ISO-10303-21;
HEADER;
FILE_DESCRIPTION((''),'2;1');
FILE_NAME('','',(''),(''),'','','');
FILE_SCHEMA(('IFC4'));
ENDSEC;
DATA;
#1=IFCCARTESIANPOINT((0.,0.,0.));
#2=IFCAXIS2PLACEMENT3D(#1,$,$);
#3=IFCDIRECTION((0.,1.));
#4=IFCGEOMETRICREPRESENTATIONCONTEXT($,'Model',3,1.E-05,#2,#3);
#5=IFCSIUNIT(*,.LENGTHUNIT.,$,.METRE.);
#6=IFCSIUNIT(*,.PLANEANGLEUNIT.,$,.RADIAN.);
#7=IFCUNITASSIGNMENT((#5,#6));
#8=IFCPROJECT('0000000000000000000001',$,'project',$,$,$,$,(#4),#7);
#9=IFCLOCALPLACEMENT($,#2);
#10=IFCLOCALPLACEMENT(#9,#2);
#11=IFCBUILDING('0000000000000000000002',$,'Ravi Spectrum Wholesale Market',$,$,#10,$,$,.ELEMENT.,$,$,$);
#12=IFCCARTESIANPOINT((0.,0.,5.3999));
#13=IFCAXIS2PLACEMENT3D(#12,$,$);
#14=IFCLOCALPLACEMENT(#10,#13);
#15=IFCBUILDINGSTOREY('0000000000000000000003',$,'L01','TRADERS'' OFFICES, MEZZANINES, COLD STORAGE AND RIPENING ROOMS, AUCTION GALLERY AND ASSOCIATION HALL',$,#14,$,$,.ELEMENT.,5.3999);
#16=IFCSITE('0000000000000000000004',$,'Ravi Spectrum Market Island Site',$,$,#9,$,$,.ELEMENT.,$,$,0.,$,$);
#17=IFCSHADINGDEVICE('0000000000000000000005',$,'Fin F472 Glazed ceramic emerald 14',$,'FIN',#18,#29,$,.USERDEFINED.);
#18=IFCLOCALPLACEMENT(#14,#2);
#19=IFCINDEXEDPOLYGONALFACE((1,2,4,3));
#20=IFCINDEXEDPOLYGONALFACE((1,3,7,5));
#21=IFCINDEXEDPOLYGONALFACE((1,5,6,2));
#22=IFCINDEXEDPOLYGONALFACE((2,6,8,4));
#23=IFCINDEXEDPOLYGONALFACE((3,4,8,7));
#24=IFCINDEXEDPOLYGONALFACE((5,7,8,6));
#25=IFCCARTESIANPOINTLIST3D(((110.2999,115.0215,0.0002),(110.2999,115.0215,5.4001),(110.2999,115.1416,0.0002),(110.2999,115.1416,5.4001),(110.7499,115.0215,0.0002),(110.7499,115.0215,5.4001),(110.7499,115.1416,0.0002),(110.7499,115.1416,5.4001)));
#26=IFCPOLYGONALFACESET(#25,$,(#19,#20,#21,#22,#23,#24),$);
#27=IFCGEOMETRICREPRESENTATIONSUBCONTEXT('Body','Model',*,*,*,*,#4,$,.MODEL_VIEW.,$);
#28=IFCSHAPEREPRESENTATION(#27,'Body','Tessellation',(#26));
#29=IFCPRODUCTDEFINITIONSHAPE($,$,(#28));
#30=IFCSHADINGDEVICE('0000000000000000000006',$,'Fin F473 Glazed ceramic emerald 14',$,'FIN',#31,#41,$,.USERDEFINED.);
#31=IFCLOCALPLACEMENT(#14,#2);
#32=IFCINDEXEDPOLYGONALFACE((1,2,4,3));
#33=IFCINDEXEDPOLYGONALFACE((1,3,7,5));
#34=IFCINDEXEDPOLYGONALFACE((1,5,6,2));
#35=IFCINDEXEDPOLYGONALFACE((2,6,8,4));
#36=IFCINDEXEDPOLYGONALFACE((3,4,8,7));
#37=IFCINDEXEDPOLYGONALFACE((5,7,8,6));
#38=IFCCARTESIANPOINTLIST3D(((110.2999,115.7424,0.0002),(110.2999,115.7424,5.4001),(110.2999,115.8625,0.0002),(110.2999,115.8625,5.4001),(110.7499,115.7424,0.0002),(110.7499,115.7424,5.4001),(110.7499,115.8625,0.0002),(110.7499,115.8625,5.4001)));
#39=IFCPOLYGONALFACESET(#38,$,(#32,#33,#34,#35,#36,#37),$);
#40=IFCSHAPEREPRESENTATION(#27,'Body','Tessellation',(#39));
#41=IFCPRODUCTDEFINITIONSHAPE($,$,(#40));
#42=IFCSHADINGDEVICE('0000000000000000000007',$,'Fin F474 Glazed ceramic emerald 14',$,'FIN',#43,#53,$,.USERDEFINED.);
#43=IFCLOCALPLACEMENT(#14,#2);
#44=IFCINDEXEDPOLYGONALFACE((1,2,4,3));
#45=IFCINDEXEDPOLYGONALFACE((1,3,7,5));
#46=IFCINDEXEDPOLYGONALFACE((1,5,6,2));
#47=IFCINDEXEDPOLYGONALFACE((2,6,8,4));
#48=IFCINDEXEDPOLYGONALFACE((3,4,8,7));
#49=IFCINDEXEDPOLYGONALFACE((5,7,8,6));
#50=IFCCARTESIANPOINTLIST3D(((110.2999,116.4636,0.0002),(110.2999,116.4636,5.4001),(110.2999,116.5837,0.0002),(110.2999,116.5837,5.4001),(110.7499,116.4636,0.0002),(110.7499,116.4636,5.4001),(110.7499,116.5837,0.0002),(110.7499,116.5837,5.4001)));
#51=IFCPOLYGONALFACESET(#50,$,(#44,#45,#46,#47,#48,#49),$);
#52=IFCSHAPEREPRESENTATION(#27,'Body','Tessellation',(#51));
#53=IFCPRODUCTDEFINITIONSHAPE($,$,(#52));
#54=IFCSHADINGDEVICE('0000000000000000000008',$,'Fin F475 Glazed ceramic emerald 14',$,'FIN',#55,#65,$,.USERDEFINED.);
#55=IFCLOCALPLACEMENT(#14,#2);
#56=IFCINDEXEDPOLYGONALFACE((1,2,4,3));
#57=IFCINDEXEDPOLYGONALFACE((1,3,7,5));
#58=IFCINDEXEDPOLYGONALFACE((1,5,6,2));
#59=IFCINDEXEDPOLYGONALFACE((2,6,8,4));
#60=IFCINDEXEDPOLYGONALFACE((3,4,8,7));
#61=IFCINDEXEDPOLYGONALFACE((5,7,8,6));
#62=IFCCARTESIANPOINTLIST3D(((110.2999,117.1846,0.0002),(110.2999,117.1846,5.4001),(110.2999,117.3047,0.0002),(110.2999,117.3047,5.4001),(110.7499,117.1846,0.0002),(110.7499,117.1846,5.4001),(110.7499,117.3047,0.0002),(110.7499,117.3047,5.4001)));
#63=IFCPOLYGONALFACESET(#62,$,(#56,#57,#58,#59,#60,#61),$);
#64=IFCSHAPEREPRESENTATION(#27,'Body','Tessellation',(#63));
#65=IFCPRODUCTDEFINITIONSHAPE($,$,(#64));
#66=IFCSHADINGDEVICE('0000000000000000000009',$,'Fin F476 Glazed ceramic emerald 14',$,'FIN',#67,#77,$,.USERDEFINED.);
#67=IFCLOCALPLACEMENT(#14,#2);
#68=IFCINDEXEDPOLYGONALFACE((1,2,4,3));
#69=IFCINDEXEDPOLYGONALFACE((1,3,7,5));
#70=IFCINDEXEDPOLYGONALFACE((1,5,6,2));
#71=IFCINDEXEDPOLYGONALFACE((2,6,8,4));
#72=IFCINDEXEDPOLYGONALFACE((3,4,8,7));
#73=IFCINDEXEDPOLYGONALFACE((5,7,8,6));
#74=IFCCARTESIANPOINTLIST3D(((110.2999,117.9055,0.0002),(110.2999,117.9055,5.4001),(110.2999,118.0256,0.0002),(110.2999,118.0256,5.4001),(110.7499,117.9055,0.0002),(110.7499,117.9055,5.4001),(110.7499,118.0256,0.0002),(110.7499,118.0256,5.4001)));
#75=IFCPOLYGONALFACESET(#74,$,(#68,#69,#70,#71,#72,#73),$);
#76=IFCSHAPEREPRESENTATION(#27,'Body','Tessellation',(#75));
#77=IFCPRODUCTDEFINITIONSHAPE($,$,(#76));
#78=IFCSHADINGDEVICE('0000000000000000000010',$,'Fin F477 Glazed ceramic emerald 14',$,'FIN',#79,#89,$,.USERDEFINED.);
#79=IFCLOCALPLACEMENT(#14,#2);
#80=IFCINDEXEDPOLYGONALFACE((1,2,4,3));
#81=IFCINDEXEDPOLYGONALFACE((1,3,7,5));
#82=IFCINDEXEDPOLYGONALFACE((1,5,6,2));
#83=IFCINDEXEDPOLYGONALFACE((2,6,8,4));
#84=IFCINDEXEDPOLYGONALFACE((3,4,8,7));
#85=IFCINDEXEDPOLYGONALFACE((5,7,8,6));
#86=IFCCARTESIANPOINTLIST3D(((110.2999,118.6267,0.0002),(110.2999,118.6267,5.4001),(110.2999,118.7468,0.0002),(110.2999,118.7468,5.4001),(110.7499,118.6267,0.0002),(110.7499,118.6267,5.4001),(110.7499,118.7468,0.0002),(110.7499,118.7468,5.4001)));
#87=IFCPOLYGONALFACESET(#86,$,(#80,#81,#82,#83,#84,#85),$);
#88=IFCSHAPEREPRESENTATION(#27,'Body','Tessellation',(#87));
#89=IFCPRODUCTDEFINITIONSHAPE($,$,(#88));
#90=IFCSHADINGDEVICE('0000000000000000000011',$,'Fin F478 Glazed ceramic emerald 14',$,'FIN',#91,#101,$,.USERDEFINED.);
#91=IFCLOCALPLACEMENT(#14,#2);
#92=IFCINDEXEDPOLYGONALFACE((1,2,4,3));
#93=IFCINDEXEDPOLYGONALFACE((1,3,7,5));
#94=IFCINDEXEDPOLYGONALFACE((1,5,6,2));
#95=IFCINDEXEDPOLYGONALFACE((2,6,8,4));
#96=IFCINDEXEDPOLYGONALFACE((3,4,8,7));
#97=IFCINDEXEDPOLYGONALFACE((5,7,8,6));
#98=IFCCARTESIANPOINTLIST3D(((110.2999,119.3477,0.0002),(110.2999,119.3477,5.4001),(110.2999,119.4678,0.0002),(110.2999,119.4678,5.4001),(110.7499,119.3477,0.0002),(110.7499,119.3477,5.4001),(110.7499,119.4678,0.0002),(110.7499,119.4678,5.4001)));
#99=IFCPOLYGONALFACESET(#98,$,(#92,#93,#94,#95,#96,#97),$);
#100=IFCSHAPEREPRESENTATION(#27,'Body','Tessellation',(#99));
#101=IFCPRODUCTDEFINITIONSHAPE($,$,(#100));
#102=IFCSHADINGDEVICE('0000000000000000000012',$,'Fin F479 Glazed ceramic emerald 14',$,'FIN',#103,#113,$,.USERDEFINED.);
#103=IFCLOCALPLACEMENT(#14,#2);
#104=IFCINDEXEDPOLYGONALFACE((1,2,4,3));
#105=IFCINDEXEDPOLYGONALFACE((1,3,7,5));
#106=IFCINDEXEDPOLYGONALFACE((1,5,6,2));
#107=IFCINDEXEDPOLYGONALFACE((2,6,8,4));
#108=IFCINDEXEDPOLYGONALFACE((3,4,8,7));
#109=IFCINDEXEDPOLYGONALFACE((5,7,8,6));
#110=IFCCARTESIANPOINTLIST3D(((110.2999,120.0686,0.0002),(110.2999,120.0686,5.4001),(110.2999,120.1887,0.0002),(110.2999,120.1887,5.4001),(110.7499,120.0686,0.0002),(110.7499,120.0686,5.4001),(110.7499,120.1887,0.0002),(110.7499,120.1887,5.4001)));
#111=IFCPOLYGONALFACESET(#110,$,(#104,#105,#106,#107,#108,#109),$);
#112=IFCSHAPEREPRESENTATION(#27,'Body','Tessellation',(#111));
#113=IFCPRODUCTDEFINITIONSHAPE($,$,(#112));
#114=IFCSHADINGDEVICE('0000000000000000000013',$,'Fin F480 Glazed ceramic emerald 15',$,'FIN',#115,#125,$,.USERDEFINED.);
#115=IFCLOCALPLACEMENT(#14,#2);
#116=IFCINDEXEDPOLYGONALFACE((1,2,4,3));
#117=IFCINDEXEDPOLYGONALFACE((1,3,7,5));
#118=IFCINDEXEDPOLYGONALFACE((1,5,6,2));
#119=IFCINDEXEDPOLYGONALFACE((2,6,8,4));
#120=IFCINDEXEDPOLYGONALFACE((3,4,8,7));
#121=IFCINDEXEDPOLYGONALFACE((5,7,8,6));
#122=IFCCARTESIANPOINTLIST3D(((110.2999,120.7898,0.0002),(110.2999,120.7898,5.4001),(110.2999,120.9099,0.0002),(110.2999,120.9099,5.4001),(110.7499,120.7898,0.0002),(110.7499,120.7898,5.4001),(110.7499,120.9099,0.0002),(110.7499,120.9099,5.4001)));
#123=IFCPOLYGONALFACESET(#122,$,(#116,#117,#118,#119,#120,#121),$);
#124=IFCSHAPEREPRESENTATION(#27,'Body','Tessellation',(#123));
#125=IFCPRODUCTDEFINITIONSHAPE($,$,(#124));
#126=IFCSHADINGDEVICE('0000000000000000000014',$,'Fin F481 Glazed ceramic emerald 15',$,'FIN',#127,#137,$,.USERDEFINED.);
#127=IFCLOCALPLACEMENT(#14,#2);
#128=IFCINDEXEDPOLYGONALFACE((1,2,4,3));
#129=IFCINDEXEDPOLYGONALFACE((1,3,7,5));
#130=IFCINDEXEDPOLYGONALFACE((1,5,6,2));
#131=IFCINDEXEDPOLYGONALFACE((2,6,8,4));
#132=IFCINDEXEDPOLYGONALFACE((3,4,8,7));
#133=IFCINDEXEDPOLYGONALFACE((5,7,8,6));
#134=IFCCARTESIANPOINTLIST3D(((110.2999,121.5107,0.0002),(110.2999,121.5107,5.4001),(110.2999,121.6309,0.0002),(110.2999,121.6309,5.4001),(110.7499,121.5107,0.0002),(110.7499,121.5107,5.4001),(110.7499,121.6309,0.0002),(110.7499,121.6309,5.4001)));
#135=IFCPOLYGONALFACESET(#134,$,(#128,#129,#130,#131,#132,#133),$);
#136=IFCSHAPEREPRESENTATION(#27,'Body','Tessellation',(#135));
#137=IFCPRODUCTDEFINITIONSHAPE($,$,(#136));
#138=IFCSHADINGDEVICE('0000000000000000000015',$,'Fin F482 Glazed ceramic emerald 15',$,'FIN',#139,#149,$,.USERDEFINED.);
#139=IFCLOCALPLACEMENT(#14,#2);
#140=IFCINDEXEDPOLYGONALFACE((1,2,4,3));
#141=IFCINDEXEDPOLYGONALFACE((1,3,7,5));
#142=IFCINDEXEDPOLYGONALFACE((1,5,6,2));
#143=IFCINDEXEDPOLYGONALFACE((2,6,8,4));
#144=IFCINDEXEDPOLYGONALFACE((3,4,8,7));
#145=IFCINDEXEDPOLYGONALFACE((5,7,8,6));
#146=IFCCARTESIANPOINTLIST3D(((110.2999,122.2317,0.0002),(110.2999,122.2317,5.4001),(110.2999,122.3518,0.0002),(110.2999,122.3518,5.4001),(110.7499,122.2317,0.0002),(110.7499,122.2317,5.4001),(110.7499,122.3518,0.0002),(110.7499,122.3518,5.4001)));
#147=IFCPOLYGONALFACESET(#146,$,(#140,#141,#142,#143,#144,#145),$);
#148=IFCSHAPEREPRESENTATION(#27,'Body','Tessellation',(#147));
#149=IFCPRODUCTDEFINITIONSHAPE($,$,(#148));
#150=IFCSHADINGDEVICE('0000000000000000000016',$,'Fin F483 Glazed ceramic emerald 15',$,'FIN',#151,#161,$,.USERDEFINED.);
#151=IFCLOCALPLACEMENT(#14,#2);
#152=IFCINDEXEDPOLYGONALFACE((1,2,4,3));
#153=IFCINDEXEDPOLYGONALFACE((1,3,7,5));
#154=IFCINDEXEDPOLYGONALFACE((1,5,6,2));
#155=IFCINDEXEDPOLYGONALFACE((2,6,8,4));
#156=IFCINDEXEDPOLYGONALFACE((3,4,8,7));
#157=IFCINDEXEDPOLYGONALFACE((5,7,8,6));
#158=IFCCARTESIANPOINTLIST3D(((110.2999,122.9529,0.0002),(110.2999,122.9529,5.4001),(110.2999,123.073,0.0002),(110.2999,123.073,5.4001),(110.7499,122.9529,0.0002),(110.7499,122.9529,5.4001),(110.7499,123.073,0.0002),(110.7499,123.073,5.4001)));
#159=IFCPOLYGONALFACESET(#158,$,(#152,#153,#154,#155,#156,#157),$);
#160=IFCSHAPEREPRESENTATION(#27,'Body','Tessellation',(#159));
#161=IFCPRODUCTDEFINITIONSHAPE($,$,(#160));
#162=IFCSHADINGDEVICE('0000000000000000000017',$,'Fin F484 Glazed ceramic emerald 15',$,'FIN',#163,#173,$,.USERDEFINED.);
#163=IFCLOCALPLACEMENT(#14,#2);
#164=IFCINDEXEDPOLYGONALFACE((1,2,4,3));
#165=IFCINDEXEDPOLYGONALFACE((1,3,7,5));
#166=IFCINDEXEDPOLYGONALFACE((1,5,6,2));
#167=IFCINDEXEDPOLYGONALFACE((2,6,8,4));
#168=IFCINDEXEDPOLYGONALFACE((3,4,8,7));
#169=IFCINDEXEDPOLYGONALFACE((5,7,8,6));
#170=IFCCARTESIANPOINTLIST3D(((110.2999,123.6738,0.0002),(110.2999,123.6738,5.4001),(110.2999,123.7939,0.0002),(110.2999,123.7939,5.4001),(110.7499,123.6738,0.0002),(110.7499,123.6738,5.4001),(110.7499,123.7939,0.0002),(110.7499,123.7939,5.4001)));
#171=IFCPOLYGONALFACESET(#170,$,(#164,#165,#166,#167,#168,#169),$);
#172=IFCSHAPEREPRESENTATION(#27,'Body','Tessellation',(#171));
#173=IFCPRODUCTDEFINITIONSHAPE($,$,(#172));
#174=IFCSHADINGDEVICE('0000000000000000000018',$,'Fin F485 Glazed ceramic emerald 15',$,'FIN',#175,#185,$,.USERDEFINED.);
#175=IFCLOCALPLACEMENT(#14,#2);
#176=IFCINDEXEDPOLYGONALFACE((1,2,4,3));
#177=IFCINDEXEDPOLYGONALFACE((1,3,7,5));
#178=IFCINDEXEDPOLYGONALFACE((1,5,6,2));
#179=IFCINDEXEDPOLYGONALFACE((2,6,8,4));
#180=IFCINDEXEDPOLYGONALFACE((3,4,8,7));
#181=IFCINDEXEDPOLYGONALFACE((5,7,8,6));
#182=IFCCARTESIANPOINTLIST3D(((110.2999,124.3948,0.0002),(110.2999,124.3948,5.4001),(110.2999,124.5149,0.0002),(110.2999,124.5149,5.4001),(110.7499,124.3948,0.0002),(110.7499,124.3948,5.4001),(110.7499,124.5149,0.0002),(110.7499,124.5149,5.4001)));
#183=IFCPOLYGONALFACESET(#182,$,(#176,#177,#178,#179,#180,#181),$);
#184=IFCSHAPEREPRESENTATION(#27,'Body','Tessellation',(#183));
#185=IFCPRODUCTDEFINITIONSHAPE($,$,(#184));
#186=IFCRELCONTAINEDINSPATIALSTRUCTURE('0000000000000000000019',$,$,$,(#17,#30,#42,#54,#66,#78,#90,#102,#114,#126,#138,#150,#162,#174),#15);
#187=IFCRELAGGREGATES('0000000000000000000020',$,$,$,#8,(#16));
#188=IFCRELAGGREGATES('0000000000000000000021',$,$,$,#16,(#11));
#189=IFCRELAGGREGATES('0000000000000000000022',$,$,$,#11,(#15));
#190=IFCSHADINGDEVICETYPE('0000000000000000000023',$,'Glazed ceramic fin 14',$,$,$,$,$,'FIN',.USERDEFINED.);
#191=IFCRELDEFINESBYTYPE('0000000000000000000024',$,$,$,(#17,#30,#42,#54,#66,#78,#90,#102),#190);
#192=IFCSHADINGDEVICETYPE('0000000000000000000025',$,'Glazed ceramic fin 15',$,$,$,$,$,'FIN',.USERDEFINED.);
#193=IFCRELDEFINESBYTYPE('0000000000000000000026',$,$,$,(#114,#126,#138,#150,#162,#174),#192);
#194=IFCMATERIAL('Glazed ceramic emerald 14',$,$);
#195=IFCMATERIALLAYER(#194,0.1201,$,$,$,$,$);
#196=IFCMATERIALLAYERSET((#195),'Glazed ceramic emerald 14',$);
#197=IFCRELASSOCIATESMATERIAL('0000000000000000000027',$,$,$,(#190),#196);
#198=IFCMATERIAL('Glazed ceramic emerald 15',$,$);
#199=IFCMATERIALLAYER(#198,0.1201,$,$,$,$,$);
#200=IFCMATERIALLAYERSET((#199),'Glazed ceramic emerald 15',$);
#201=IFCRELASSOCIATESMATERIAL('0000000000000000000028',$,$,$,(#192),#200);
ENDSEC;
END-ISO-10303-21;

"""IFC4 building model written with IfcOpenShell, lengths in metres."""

from ifc_helpers import new_model, si_unit, direction, frame, origin, origin_2d, place, context, subcontext, project, spatial, rectangle, extrude, material, layer, layer_set, type_object, element, save


model = new_model("IFC4")

# Units and contexts
model_context = context("Model", 3, precision=1e-05, world=origin(), true_north=direction((0.0, 1.0)))
body_context = subcontext(model_context, "Body", "Model", "MODEL_VIEW")
ifc_project = project(units=[si_unit("LENGTHUNIT", "METRE"), si_unit("PLANEANGLEUNIT", "RADIAN")], contexts=[model_context])

# Site, building, storey
site_placement = place(None, origin())
site = spatial("IfcSite", under=ifc_project, at=site_placement, Name="Ravi Spectrum Market Island Site", CompositionType="ELEMENT", RefElevation=0.0)
building_placement = place(site_placement, origin())
building = spatial("IfcBuilding", under=site, at=building_placement, Name="Ravi Spectrum Wholesale Market", CompositionType="ELEMENT")
storey_placement = place(building_placement, frame((0.0, 0.0, 5.3999)))
storey = spatial("IfcBuildingStorey", under=building, at=storey_placement, Name="L01", Description="TRADERS' OFFICES, MEZZANINES, COLD STORAGE AND RIPENING ROOMS, AUCTION GALLERY AND ASSOCIATION HALL", CompositionType="ELEMENT", Elevation=5.3999)

# Shading devices
ifc_material_1 = material(Name="Glazed ceramic emerald 14")
ifc_layer_1 = layer(ifc_material_1, 0.1201)
ifc_layer_set_1 = layer_set([ifc_layer_1], Name="Glazed ceramic emerald 14")
shading_device_type_1 = type_object("IfcShadingDeviceType", Name="Glazed ceramic fin 14", ElementType="FIN", PredefinedType="USERDEFINED", material=ifc_layer_set_1)
for number, where, z_axis, x_axis, name in (
    (1, (110.5249, 115.0815, 0.0002), (0.0, 0.0, 1.0), (0.0, 1.0, 0.0), "Fin F472 Glazed ceramic emerald 14"),
    (2, (110.5249, 115.8025, 0.0002), (0.0, 0.0, 1.0), (0.0, 1.0, 0.0), "Fin F473 Glazed ceramic emerald 14"),
    (3, (110.5249, 116.5237, 0.0002), (0.0, 0.0, 1.0), (0.0, 1.0, 0.0), "Fin F474 Glazed ceramic emerald 14"),
    (4, (110.5249, 117.2446, 0.0002), (0.0, 0.0, 1.0), (0.0, 1.0, 0.0), "Fin F475 Glazed ceramic emerald 14"),
    (5, (110.5249, 117.9656, 0.0002), (0.0, 0.0, 1.0), (0.0, 1.0, 0.0), "Fin F476 Glazed ceramic emerald 14"),
    (6, (110.5249, 118.6868, 0.0002), (0.0, 0.0, 1.0), (0.0, 1.0, 0.0), "Fin F477 Glazed ceramic emerald 14"),
    (7, (110.5249, 119.4077, 0.0002), (0.0, 0.0, 1.0), (0.0, 1.0, 0.0), "Fin F478 Glazed ceramic emerald 14"),
    (8, (110.5249, 120.1287, 0.0002), (0.0, 0.0, 1.0), (0.0, 1.0, 0.0), "Fin F479 Glazed ceramic emerald 14"),
):
    element("IfcShadingDevice", number, at=place(storey_placement, frame(where, z_axis=z_axis, x_axis=x_axis)), inside=storey, type_object=shading_device_type_1, Name=name, ObjectType="FIN", PredefinedType="USERDEFINED", context=body_context, shape_type="SweptSolid", body=[
        extrude(rectangle(XDim=0.1201, YDim=0.45, at=origin_2d()), origin(), (0.0, 0.0, 1.0), 5.3999),
    ])
ifc_material_2 = material(Name="Glazed ceramic emerald 15")
ifc_layer_2 = layer(ifc_material_2, 0.1201)
ifc_layer_set_2 = layer_set([ifc_layer_2], Name="Glazed ceramic emerald 15")
shading_device_type_2 = type_object("IfcShadingDeviceType", Name="Glazed ceramic fin 15", ElementType="FIN", PredefinedType="USERDEFINED", material=ifc_layer_set_2)
for number, where, z_axis, x_axis, name in (
    (9, (110.5249, 120.8499, 0.0002), (0.0, 0.0, 1.0), (0.0, 1.0, 0.0), "Fin F480 Glazed ceramic emerald 15"),
    (10, (110.5249, 121.5708, 0.0002), (0.0, 0.0, 1.0), (0.0, 1.0, 0.0), "Fin F481 Glazed ceramic emerald 15"),
    (11, (110.5249, 122.2917, 0.0002), (0.0, 0.0, 1.0), (0.0, 1.0, 0.0), "Fin F482 Glazed ceramic emerald 15"),
    (12, (110.5249, 123.0129, 0.0002), (0.0, 0.0, 1.0), (0.0, 1.0, 0.0), "Fin F483 Glazed ceramic emerald 15"),
    (13, (110.5249, 123.7339, 0.0002), (0.0, 0.0, 1.0), (0.0, 1.0, 0.0), "Fin F484 Glazed ceramic emerald 15"),
    (14, (110.5249, 124.4548, 0.0002), (0.0, 0.0, 1.0), (0.0, 1.0, 0.0), "Fin F485 Glazed ceramic emerald 15"),
):
    element("IfcShadingDevice", number, at=place(storey_placement, frame(where, z_axis=z_axis, x_axis=x_axis)), inside=storey, type_object=shading_device_type_2, Name=name, ObjectType="FIN", PredefinedType="USERDEFINED", context=body_context, shape_type="SweptSolid", body=[
        extrude(rectangle(XDim=0.1201, YDim=0.45, at=origin_2d()), origin(), (0.0, 0.0, 1.0), 5.3999),
    ])

save(model, "model.ifc")
